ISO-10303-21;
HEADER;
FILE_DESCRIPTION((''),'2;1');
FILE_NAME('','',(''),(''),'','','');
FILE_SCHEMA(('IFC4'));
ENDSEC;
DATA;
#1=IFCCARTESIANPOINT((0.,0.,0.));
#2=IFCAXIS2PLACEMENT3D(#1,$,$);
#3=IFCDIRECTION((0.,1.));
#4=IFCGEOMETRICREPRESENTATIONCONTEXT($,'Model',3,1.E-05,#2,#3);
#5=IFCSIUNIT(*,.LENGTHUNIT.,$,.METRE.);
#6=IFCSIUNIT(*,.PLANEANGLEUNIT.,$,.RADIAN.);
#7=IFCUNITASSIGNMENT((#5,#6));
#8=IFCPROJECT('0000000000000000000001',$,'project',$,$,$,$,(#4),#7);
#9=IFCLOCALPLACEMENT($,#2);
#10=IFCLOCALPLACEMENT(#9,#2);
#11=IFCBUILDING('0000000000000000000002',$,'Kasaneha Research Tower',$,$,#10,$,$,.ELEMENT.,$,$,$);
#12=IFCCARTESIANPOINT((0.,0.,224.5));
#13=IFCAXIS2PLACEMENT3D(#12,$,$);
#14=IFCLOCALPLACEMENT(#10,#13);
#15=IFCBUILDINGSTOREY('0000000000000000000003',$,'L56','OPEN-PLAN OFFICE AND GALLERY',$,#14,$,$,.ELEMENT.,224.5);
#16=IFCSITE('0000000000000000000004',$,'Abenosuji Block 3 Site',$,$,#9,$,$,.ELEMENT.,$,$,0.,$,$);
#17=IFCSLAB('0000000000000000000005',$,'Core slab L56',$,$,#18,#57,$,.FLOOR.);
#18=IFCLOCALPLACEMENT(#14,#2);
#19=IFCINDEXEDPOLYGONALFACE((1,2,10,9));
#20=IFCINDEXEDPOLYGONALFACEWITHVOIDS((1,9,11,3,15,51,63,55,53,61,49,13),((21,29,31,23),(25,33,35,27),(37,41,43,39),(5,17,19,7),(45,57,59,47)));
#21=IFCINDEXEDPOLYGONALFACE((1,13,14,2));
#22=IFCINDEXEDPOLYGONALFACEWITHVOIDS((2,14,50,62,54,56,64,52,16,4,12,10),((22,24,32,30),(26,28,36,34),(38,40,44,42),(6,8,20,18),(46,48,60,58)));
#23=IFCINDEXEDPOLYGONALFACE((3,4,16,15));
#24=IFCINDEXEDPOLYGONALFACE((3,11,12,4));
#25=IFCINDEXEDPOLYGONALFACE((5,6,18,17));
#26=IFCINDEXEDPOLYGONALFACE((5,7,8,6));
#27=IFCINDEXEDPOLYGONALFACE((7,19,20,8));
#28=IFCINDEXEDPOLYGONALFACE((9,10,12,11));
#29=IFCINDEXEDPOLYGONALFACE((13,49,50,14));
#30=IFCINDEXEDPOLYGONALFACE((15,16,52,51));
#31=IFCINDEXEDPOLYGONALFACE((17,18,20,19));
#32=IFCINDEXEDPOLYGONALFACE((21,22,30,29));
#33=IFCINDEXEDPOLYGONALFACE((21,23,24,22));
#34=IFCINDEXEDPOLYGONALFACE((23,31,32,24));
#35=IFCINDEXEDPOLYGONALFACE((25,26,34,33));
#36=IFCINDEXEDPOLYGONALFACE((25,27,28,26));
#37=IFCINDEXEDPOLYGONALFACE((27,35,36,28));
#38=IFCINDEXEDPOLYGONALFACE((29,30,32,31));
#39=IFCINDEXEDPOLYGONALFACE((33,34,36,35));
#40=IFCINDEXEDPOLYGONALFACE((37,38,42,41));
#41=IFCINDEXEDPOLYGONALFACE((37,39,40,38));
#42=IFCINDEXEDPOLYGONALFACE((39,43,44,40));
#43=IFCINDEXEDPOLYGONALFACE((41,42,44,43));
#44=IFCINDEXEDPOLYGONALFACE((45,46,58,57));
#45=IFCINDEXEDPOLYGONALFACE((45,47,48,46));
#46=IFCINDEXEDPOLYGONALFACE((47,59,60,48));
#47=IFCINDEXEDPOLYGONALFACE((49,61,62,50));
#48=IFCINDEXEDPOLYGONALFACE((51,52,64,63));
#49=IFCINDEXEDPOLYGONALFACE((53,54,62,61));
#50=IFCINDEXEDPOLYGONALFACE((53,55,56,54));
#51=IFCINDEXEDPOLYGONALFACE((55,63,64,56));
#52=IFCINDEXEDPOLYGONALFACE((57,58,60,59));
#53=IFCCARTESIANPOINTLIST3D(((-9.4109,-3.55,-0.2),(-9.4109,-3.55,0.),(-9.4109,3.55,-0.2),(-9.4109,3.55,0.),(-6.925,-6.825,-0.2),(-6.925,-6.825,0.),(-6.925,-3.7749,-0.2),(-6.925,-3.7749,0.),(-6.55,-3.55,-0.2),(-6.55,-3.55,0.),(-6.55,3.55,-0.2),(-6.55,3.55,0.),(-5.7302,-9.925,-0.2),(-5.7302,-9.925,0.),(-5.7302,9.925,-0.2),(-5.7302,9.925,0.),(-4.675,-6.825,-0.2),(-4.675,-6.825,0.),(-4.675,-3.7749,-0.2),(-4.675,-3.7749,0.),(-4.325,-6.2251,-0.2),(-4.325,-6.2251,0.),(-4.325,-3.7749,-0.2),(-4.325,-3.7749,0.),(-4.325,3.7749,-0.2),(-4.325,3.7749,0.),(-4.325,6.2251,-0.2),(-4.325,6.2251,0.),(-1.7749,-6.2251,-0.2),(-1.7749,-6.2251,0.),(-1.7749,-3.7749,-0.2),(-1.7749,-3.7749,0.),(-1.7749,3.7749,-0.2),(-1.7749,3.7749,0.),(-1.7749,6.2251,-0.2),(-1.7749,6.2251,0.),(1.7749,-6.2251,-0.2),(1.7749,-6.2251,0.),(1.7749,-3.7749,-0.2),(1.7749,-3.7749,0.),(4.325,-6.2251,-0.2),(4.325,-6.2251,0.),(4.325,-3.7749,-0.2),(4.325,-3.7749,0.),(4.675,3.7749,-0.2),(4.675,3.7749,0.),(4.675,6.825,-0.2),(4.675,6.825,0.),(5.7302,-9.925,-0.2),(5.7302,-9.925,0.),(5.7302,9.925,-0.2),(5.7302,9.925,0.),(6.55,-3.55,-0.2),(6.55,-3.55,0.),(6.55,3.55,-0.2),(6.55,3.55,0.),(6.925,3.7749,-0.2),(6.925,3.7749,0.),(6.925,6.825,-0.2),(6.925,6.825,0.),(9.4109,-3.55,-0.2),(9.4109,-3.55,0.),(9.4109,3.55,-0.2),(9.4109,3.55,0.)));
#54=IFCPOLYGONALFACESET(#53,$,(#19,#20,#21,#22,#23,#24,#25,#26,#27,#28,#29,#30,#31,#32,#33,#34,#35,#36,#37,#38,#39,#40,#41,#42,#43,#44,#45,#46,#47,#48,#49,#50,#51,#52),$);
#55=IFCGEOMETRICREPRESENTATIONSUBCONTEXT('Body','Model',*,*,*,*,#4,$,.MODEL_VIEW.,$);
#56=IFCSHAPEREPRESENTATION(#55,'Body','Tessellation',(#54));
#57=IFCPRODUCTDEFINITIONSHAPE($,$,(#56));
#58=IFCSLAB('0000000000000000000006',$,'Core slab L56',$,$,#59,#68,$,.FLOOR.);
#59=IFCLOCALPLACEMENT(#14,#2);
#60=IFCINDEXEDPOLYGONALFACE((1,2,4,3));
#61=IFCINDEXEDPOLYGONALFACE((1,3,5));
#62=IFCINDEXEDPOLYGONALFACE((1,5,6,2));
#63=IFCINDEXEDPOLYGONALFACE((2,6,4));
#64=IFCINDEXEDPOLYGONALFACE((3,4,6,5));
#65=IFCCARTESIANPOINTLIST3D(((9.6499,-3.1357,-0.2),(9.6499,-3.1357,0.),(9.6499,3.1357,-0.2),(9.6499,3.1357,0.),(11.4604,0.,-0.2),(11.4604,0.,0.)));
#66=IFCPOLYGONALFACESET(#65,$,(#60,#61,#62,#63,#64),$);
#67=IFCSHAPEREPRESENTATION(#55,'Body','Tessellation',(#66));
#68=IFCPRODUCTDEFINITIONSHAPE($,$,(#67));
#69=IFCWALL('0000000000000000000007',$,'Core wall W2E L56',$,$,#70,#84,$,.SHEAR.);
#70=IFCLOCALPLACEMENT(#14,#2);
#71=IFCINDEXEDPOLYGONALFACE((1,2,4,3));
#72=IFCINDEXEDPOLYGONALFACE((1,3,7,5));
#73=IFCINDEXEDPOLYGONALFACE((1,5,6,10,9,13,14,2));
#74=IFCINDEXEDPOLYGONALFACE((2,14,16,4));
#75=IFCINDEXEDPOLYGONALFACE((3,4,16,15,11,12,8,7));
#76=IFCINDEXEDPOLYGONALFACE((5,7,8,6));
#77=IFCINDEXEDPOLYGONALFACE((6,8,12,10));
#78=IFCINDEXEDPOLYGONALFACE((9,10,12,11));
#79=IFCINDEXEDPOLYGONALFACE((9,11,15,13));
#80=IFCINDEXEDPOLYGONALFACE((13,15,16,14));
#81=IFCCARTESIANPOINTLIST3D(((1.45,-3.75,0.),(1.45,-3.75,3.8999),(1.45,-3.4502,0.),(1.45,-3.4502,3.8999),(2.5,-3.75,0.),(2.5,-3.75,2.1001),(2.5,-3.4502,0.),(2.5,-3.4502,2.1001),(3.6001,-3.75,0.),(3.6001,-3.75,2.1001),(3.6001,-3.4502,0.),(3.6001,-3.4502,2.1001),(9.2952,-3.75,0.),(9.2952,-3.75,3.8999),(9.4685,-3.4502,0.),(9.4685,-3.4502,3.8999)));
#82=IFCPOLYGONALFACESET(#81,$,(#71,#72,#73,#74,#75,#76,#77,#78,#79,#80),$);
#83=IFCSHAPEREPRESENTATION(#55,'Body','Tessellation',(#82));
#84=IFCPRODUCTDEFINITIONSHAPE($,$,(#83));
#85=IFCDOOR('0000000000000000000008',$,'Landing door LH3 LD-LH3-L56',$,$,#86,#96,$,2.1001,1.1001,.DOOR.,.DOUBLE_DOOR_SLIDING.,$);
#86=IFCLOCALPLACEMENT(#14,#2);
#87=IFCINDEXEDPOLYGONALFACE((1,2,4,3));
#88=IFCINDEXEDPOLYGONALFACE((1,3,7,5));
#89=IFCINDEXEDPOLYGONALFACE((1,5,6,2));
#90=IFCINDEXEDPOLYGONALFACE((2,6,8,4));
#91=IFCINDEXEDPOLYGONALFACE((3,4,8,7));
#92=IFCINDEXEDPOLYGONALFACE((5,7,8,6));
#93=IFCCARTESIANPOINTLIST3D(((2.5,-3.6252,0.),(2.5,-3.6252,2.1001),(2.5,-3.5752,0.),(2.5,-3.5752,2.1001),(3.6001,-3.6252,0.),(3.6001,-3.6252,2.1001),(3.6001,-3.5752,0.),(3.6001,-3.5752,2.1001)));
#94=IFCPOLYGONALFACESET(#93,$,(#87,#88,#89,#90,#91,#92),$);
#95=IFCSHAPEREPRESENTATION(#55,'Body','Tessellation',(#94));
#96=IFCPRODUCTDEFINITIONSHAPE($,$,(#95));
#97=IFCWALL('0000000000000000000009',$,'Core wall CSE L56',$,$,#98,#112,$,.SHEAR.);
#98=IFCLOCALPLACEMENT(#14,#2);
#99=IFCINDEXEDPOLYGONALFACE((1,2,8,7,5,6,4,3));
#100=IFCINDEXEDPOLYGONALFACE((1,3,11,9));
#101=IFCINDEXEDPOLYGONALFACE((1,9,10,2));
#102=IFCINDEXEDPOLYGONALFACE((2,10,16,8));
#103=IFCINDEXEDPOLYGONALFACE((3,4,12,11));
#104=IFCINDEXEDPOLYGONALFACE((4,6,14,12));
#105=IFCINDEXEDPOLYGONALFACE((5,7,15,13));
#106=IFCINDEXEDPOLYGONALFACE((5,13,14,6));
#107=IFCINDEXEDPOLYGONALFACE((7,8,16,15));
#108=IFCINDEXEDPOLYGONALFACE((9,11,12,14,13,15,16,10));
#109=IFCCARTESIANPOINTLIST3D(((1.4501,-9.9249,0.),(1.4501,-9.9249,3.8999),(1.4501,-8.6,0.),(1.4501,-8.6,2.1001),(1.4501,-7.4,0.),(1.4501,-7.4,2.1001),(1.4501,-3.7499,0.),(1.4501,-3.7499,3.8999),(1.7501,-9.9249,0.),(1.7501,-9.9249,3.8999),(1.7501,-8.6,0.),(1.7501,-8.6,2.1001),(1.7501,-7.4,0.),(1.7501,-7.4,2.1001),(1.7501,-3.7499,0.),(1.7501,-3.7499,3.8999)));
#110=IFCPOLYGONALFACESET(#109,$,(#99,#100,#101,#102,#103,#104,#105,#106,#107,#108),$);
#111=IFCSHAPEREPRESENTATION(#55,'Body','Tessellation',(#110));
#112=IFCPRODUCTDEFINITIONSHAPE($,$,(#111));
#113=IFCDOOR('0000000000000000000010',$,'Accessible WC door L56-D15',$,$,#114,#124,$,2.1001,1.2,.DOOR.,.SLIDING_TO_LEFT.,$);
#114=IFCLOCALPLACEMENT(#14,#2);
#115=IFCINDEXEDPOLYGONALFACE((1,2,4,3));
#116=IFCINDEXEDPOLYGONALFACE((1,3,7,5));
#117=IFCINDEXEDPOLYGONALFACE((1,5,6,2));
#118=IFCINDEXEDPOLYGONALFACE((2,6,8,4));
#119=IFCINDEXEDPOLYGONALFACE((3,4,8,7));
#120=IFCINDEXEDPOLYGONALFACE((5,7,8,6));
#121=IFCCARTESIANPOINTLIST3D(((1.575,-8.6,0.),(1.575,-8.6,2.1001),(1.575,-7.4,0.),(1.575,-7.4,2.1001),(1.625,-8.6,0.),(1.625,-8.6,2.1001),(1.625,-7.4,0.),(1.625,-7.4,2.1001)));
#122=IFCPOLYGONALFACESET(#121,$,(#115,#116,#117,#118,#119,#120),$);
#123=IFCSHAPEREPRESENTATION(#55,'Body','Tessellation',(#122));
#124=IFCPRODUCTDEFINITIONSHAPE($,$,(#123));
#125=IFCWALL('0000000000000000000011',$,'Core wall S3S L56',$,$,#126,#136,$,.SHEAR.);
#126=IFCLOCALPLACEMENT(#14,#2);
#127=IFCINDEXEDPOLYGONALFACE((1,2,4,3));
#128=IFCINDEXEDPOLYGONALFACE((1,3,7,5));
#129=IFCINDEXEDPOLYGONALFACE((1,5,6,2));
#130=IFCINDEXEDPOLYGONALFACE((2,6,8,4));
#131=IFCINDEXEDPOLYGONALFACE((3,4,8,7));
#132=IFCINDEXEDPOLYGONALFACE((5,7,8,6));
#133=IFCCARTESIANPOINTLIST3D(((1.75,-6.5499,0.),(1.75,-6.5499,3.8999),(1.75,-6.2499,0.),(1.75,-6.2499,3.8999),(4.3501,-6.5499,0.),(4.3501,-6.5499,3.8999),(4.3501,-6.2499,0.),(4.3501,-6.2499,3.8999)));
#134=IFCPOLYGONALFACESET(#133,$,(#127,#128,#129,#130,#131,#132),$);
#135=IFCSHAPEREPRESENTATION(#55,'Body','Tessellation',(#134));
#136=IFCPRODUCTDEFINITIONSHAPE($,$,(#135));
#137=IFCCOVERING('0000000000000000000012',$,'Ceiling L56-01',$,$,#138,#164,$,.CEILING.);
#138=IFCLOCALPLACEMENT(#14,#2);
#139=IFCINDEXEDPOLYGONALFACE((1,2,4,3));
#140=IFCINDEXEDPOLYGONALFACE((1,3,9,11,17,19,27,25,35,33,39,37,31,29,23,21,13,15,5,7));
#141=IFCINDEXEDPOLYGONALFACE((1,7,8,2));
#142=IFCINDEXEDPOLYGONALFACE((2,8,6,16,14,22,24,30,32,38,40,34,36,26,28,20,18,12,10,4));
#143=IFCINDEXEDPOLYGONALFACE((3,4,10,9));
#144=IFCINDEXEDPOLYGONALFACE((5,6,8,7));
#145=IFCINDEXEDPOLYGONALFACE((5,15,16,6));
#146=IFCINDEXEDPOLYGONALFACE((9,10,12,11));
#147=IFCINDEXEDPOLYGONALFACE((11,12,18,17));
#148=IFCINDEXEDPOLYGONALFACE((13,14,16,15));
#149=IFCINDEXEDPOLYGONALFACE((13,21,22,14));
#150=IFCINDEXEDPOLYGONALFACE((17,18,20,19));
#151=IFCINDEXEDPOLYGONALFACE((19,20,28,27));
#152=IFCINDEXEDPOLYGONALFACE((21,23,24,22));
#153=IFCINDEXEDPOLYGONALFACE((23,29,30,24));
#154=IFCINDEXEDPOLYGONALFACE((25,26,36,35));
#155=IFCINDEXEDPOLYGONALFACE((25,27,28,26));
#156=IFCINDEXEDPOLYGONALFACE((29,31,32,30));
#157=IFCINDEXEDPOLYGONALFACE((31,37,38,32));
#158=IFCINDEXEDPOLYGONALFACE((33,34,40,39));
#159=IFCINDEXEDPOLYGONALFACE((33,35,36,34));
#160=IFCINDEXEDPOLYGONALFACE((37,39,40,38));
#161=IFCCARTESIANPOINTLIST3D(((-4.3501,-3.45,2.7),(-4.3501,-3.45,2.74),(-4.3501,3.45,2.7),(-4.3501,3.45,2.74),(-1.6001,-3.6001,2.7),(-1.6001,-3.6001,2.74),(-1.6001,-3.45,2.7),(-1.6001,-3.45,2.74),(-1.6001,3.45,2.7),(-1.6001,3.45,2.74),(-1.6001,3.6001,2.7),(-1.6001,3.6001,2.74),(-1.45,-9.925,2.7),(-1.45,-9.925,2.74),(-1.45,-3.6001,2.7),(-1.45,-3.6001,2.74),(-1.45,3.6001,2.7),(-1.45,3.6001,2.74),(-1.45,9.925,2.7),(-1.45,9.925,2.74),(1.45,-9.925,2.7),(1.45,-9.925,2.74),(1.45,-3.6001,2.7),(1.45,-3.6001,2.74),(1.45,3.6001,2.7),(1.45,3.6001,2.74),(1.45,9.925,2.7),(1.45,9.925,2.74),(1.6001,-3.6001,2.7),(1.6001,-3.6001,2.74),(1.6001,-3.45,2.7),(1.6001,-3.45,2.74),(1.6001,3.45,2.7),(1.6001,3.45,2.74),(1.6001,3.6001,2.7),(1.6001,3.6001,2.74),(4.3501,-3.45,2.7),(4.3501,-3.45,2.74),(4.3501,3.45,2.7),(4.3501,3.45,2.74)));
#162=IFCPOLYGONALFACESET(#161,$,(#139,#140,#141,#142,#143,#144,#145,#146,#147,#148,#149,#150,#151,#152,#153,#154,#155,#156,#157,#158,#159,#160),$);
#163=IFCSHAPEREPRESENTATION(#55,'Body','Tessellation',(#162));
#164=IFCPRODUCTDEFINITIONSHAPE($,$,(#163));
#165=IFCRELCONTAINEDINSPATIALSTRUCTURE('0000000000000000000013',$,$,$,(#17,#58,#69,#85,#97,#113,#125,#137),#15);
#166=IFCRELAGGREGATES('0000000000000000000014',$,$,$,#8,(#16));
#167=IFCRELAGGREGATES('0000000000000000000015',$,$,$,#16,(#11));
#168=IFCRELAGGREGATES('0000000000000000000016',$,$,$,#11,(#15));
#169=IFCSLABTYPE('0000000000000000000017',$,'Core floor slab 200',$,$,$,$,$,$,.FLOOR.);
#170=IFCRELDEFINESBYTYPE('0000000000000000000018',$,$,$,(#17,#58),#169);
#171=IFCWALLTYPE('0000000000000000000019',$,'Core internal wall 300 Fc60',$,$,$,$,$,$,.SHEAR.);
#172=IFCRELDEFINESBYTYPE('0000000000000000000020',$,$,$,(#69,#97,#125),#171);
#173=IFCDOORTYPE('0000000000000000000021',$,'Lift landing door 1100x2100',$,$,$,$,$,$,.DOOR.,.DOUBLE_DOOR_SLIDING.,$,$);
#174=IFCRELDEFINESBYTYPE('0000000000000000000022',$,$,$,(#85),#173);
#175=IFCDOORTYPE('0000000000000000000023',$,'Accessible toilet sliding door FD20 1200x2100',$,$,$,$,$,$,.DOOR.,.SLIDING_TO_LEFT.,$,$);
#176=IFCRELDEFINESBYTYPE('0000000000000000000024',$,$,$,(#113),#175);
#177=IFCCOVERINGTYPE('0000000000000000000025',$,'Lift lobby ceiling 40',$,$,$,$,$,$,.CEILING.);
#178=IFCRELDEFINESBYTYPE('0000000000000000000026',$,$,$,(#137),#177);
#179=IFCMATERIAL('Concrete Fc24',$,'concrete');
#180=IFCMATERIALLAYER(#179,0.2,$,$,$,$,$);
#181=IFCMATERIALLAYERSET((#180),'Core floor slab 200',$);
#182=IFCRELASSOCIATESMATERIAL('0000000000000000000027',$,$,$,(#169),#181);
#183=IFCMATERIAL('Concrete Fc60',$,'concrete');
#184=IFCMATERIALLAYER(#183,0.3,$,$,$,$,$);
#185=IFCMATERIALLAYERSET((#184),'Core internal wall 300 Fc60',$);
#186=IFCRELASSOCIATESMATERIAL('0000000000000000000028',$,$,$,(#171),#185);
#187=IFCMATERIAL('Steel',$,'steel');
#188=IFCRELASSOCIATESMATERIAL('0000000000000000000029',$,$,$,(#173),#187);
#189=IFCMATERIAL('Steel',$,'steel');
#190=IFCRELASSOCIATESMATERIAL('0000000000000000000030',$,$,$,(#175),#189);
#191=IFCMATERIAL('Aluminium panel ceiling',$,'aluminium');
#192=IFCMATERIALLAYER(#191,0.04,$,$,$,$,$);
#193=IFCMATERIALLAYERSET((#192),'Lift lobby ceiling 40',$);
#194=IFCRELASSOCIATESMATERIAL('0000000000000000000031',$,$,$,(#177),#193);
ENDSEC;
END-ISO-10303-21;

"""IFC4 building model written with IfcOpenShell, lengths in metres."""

from ifc_helpers import new_model, si_unit, direction, frame, frame_2d, origin, place, context, subcontext, project, spatial, polyline, rectangle, outline, extrude, material, layer, layer_set, type_object, element, fill, save


model = new_model("IFC4")

# Units and contexts
model_context = context("Model", 3, precision=1e-05, world=origin(), true_north=direction((0.0, 1.0)))
body_context = subcontext(model_context, "Body", "Model", "MODEL_VIEW")
ifc_project = project(units=[si_unit("LENGTHUNIT", "METRE"), si_unit("PLANEANGLEUNIT", "RADIAN")], contexts=[model_context])

# Site, building, storey
site_placement = place(None, origin())
site = spatial("IfcSite", under=ifc_project, at=site_placement, Name="Abenosuji Block 3 Site", CompositionType="ELEMENT", RefElevation=0.0)
building_placement = place(site_placement, origin())
building = spatial("IfcBuilding", under=site, at=building_placement, Name="Kasaneha Research Tower", CompositionType="ELEMENT")
storey_placement = place(building_placement, frame((0.0, 0.0, 224.5)))
storey = spatial("IfcBuildingStorey", under=building, at=storey_placement, Name="L56", Description="OPEN-PLAN OFFICE AND GALLERY", CompositionType="ELEMENT", Elevation=224.5)

# Slabs
ifc_material_1 = material(Name="Concrete Fc24", Category="concrete")
ifc_layer_1 = layer(ifc_material_1, 0.2)
ifc_layer_set_1 = layer_set([ifc_layer_1], Name="Core floor slab 200")
slab_type = type_object("IfcSlabType", Name="Core floor slab 200", PredefinedType="FLOOR", material=ifc_layer_set_1)
slab_1_placement = place(storey_placement, frame((0.0, 0.0, -0.2)))
element("IfcSlab", 1, at=slab_1_placement, inside=storey, type_object=slab_type, Name="Core slab L56", PredefinedType="FLOOR", context=body_context, shape_type="SweptSolid", body=[
    extrude(outline(polyline([(-5.7302, 9.925), (5.7302, 9.925), (9.4109, 3.55), (6.55, 3.55), (6.55, -3.55), (9.4109, -3.55), (5.7302, -9.925), (-5.7302, -9.925), (-9.4109, -3.55), (-6.55, -3.55), (-6.55, 3.55), (-9.4109, 3.55), (-5.7302, 9.925)]), holes=[polyline([(-6.925, -3.7749), (-6.925, -6.825), (-4.675, -6.825), (-4.675, -3.7749), (-6.925, -3.7749)]), polyline([(-4.325, -3.7749), (-4.325, -6.2251), (-1.7749, -6.2251), (-1.7749, -3.7749), (-4.325, -3.7749)]), polyline([(1.7749, -3.7749), (1.7749, -6.2251), (4.325, -6.2251), (4.325, -3.7749), (1.7749, -3.7749)]), polyline([(-1.7749, 6.2251), (-4.325, 6.2251), (-4.325, 3.7749), (-1.7749, 3.7749), (-1.7749, 6.2251)]), polyline([(6.925, 6.825), (4.675, 6.825), (4.675, 3.7749), (6.925, 3.7749), (6.925, 6.825)])]), origin(), (0.0, 0.0, 1.0), 0.2),
])
slab_2_placement = place(storey_placement, frame((0.0, 0.0, -0.2)))
element("IfcSlab", 2, at=slab_2_placement, inside=storey, type_object=slab_type, Name="Core slab L56", PredefinedType="FLOOR", context=body_context, shape_type="SweptSolid", body=[
    extrude(outline(polyline([(11.4604, 0.0), (9.6499, -3.1357), (9.6499, 3.1357), (11.4604, 0.0)])), origin(), (0.0, 0.0, 1.0), 0.2),
])

# Walls, openings, doors
ifc_material_2 = material(Name="Concrete Fc60", Category="concrete")
ifc_layer_2 = layer(ifc_material_2, 0.3)
ifc_layer_set_2 = layer_set([ifc_layer_2], Name="Core internal wall 300 Fc60")
wall_type = type_object("IfcWallType", Name="Core internal wall 300 Fc60", PredefinedType="SHEAR", material=ifc_layer_set_2)
wall_1_placement = place(storey_placement, frame((1.45, -3.6001, 0.0), z_axis=(0.0, 0.0, 1.0), x_axis=(1.0, 0.0, 0.0)))
wall_1 = element("IfcWall", 3, at=wall_1_placement, inside=storey, type_object=wall_type, Name="Core wall W2E L56", PredefinedType="SHEAR", context=body_context, shape_type="SweptSolid", body=[
    extrude(outline(polyline([(0.0, -0.1499), (1.05, -0.1499), (2.1501, -0.1499), (7.8452, -0.1499), (8.0186, 0.1499), (2.1501, 0.1499), (1.05, 0.1499), (0.0, 0.1499), (0.0, -0.1499)])), origin(), (0.0, 0.0, 1.0), 3.8999),
])
opening_1_placement = place(wall_1_placement, frame((1.05, 0.0, 0.0)))
opening_1 = element("IfcOpeningElement", 4, at=opening_1_placement, cuts=wall_1, PredefinedType="OPENING", context=body_context, shape_type="SweptSolid", body=[
    extrude(rectangle(XDim=1.1001, YDim=2.1001, at=frame_2d((0.55, 1.05))), frame((0.0, 0.1602, 0.0), z_axis=(0.0, -1.0, 0.0), x_axis=(1.0, 0.0, 0.0)), (0.0, 0.0, 1.0), 0.3201),
])
ifc_material_3 = material(Name="Steel", Category="steel")
door_type_1 = type_object("IfcDoorType", Name="Lift landing door 1100x2100", OperationType="DOUBLE_DOOR_SLIDING", PredefinedType="DOOR", material=ifc_material_3)
door_1_placement = place(opening_1_placement, origin())
door_1 = element("IfcDoor", 5, at=door_1_placement, inside=storey, type_object=door_type_1, Name="Landing door LH3 LD-LH3-L56", OperationType="DOUBLE_DOOR_SLIDING", OverallHeight=2.1001, OverallWidth=1.1001, PredefinedType="DOOR", context=body_context, shape_type="SweptSolid", body=[
    extrude(rectangle(XDim=1.1001, YDim=2.1001, at=frame_2d((0.55, 1.05))), frame((0.0, 0.0249, 0.0), z_axis=(0.0, -1.0, 0.0), x_axis=(1.0, 0.0, 0.0)), (0.0, 0.0, 1.0), 0.05),
])
fill(opening_1, door_1)
wall_2_placement = place(storey_placement, frame((1.6001, -3.75, 0.0), z_axis=(0.0, 0.0, 1.0), x_axis=(0.0, -1.0, 0.0)))
wall_2 = element("IfcWall", 6, at=wall_2_placement, inside=storey, type_object=wall_type, Name="Core wall CSE L56", PredefinedType="SHEAR", context=body_context, shape_type="SweptSolid", body=[
    extrude(rectangle(XDim=6.175, YDim=0.3, at=frame_2d((3.0874, 0.0))), origin(), (0.0, 0.0, 1.0), 3.8999),
])
opening_2_placement = place(wall_2_placement, frame((3.6499, 0.0, 0.0)))
opening_2 = element("IfcOpeningElement", 7, at=opening_2_placement, cuts=wall_2, PredefinedType="OPENING", context=body_context, shape_type="SweptSolid", body=[
    extrude(rectangle(XDim=1.2, YDim=2.1001, at=frame_2d((0.6001, 1.05))), frame((0.0, 0.1602, 0.0), z_axis=(0.0, -1.0, 0.0), x_axis=(1.0, 0.0, 0.0)), (0.0, 0.0, 1.0), 0.3201),
])
ifc_material_4 = material(Name="Steel", Category="steel")
door_type_2 = type_object("IfcDoorType", Name="Accessible toilet sliding door FD20 1200x2100", OperationType="SLIDING_TO_LEFT", PredefinedType="DOOR", material=ifc_material_4)
door_2_placement = place(opening_2_placement, origin())
door_2 = element("IfcDoor", 8, at=door_2_placement, inside=storey, type_object=door_type_2, Name="Accessible WC door L56-D15", OperationType="SLIDING_TO_LEFT", OverallHeight=2.1001, OverallWidth=1.2, PredefinedType="DOOR", context=body_context, shape_type="SweptSolid", body=[
    extrude(rectangle(XDim=1.2, YDim=2.1001, at=frame_2d((0.6001, 1.05))), frame((0.0, 0.0249, 0.0), z_axis=(0.0, -1.0, 0.0), x_axis=(1.0, 0.0, 0.0)), (0.0, 0.0, 1.0), 0.05),
])
fill(opening_2, door_2)

# Wall
wall_3_placement = place(storey_placement, frame((1.75, -6.3999, 0.0), z_axis=(0.0, 0.0, 1.0), x_axis=(1.0, 0.0, 0.0)))
element("IfcWall", 9, at=wall_3_placement, inside=storey, type_object=wall_type, Name="Core wall S3S L56", PredefinedType="SHEAR", context=body_context, shape_type="SweptSolid", body=[
    extrude(rectangle(XDim=2.6001, YDim=0.3, at=frame_2d((1.3, 0.0))), origin(), (0.0, 0.0, 1.0), 3.8999),
])

# Covering
ifc_material_5 = material(Name="Aluminium panel ceiling", Category="aluminium")
ifc_layer_3 = layer(ifc_material_5, 0.04)
ifc_layer_set_3 = layer_set([ifc_layer_3], Name="Lift lobby ceiling 40")
covering_type_1 = type_object("IfcCoveringType", Name="Lift lobby ceiling 40", PredefinedType="CEILING", material=ifc_layer_set_3)
covering_1_placement = place(storey_placement, frame((0.0, 0.0, 2.7)))
element("IfcCovering", 10, at=covering_1_placement, inside=storey, type_object=covering_type_1, Name="Ceiling L56-01", PredefinedType="CEILING", context=body_context, shape_type="SweptSolid", body=[
    extrude(outline(polyline([(1.45, 9.925), (1.45, 3.6001), (1.6001, 3.6001), (1.6001, 3.45), (4.3501, 3.45), (4.3501, -3.45), (1.6001, -3.45), (1.6001, -3.6001), (1.45, -3.6001), (1.45, -9.925), (-1.45, -9.925), (-1.45, -3.6001), (-1.6001, -3.6001), (-1.6001, -3.45), (-4.3501, -3.45), (-4.3501, 3.45), (-1.6001, 3.45), (-1.6001, 3.6001), (-1.45, 3.6001), (-1.45, 9.925), (1.45, 9.925)])), origin(), (0.0, 0.0, 1.0), 0.04),
])

save(model, "model.ifc")
